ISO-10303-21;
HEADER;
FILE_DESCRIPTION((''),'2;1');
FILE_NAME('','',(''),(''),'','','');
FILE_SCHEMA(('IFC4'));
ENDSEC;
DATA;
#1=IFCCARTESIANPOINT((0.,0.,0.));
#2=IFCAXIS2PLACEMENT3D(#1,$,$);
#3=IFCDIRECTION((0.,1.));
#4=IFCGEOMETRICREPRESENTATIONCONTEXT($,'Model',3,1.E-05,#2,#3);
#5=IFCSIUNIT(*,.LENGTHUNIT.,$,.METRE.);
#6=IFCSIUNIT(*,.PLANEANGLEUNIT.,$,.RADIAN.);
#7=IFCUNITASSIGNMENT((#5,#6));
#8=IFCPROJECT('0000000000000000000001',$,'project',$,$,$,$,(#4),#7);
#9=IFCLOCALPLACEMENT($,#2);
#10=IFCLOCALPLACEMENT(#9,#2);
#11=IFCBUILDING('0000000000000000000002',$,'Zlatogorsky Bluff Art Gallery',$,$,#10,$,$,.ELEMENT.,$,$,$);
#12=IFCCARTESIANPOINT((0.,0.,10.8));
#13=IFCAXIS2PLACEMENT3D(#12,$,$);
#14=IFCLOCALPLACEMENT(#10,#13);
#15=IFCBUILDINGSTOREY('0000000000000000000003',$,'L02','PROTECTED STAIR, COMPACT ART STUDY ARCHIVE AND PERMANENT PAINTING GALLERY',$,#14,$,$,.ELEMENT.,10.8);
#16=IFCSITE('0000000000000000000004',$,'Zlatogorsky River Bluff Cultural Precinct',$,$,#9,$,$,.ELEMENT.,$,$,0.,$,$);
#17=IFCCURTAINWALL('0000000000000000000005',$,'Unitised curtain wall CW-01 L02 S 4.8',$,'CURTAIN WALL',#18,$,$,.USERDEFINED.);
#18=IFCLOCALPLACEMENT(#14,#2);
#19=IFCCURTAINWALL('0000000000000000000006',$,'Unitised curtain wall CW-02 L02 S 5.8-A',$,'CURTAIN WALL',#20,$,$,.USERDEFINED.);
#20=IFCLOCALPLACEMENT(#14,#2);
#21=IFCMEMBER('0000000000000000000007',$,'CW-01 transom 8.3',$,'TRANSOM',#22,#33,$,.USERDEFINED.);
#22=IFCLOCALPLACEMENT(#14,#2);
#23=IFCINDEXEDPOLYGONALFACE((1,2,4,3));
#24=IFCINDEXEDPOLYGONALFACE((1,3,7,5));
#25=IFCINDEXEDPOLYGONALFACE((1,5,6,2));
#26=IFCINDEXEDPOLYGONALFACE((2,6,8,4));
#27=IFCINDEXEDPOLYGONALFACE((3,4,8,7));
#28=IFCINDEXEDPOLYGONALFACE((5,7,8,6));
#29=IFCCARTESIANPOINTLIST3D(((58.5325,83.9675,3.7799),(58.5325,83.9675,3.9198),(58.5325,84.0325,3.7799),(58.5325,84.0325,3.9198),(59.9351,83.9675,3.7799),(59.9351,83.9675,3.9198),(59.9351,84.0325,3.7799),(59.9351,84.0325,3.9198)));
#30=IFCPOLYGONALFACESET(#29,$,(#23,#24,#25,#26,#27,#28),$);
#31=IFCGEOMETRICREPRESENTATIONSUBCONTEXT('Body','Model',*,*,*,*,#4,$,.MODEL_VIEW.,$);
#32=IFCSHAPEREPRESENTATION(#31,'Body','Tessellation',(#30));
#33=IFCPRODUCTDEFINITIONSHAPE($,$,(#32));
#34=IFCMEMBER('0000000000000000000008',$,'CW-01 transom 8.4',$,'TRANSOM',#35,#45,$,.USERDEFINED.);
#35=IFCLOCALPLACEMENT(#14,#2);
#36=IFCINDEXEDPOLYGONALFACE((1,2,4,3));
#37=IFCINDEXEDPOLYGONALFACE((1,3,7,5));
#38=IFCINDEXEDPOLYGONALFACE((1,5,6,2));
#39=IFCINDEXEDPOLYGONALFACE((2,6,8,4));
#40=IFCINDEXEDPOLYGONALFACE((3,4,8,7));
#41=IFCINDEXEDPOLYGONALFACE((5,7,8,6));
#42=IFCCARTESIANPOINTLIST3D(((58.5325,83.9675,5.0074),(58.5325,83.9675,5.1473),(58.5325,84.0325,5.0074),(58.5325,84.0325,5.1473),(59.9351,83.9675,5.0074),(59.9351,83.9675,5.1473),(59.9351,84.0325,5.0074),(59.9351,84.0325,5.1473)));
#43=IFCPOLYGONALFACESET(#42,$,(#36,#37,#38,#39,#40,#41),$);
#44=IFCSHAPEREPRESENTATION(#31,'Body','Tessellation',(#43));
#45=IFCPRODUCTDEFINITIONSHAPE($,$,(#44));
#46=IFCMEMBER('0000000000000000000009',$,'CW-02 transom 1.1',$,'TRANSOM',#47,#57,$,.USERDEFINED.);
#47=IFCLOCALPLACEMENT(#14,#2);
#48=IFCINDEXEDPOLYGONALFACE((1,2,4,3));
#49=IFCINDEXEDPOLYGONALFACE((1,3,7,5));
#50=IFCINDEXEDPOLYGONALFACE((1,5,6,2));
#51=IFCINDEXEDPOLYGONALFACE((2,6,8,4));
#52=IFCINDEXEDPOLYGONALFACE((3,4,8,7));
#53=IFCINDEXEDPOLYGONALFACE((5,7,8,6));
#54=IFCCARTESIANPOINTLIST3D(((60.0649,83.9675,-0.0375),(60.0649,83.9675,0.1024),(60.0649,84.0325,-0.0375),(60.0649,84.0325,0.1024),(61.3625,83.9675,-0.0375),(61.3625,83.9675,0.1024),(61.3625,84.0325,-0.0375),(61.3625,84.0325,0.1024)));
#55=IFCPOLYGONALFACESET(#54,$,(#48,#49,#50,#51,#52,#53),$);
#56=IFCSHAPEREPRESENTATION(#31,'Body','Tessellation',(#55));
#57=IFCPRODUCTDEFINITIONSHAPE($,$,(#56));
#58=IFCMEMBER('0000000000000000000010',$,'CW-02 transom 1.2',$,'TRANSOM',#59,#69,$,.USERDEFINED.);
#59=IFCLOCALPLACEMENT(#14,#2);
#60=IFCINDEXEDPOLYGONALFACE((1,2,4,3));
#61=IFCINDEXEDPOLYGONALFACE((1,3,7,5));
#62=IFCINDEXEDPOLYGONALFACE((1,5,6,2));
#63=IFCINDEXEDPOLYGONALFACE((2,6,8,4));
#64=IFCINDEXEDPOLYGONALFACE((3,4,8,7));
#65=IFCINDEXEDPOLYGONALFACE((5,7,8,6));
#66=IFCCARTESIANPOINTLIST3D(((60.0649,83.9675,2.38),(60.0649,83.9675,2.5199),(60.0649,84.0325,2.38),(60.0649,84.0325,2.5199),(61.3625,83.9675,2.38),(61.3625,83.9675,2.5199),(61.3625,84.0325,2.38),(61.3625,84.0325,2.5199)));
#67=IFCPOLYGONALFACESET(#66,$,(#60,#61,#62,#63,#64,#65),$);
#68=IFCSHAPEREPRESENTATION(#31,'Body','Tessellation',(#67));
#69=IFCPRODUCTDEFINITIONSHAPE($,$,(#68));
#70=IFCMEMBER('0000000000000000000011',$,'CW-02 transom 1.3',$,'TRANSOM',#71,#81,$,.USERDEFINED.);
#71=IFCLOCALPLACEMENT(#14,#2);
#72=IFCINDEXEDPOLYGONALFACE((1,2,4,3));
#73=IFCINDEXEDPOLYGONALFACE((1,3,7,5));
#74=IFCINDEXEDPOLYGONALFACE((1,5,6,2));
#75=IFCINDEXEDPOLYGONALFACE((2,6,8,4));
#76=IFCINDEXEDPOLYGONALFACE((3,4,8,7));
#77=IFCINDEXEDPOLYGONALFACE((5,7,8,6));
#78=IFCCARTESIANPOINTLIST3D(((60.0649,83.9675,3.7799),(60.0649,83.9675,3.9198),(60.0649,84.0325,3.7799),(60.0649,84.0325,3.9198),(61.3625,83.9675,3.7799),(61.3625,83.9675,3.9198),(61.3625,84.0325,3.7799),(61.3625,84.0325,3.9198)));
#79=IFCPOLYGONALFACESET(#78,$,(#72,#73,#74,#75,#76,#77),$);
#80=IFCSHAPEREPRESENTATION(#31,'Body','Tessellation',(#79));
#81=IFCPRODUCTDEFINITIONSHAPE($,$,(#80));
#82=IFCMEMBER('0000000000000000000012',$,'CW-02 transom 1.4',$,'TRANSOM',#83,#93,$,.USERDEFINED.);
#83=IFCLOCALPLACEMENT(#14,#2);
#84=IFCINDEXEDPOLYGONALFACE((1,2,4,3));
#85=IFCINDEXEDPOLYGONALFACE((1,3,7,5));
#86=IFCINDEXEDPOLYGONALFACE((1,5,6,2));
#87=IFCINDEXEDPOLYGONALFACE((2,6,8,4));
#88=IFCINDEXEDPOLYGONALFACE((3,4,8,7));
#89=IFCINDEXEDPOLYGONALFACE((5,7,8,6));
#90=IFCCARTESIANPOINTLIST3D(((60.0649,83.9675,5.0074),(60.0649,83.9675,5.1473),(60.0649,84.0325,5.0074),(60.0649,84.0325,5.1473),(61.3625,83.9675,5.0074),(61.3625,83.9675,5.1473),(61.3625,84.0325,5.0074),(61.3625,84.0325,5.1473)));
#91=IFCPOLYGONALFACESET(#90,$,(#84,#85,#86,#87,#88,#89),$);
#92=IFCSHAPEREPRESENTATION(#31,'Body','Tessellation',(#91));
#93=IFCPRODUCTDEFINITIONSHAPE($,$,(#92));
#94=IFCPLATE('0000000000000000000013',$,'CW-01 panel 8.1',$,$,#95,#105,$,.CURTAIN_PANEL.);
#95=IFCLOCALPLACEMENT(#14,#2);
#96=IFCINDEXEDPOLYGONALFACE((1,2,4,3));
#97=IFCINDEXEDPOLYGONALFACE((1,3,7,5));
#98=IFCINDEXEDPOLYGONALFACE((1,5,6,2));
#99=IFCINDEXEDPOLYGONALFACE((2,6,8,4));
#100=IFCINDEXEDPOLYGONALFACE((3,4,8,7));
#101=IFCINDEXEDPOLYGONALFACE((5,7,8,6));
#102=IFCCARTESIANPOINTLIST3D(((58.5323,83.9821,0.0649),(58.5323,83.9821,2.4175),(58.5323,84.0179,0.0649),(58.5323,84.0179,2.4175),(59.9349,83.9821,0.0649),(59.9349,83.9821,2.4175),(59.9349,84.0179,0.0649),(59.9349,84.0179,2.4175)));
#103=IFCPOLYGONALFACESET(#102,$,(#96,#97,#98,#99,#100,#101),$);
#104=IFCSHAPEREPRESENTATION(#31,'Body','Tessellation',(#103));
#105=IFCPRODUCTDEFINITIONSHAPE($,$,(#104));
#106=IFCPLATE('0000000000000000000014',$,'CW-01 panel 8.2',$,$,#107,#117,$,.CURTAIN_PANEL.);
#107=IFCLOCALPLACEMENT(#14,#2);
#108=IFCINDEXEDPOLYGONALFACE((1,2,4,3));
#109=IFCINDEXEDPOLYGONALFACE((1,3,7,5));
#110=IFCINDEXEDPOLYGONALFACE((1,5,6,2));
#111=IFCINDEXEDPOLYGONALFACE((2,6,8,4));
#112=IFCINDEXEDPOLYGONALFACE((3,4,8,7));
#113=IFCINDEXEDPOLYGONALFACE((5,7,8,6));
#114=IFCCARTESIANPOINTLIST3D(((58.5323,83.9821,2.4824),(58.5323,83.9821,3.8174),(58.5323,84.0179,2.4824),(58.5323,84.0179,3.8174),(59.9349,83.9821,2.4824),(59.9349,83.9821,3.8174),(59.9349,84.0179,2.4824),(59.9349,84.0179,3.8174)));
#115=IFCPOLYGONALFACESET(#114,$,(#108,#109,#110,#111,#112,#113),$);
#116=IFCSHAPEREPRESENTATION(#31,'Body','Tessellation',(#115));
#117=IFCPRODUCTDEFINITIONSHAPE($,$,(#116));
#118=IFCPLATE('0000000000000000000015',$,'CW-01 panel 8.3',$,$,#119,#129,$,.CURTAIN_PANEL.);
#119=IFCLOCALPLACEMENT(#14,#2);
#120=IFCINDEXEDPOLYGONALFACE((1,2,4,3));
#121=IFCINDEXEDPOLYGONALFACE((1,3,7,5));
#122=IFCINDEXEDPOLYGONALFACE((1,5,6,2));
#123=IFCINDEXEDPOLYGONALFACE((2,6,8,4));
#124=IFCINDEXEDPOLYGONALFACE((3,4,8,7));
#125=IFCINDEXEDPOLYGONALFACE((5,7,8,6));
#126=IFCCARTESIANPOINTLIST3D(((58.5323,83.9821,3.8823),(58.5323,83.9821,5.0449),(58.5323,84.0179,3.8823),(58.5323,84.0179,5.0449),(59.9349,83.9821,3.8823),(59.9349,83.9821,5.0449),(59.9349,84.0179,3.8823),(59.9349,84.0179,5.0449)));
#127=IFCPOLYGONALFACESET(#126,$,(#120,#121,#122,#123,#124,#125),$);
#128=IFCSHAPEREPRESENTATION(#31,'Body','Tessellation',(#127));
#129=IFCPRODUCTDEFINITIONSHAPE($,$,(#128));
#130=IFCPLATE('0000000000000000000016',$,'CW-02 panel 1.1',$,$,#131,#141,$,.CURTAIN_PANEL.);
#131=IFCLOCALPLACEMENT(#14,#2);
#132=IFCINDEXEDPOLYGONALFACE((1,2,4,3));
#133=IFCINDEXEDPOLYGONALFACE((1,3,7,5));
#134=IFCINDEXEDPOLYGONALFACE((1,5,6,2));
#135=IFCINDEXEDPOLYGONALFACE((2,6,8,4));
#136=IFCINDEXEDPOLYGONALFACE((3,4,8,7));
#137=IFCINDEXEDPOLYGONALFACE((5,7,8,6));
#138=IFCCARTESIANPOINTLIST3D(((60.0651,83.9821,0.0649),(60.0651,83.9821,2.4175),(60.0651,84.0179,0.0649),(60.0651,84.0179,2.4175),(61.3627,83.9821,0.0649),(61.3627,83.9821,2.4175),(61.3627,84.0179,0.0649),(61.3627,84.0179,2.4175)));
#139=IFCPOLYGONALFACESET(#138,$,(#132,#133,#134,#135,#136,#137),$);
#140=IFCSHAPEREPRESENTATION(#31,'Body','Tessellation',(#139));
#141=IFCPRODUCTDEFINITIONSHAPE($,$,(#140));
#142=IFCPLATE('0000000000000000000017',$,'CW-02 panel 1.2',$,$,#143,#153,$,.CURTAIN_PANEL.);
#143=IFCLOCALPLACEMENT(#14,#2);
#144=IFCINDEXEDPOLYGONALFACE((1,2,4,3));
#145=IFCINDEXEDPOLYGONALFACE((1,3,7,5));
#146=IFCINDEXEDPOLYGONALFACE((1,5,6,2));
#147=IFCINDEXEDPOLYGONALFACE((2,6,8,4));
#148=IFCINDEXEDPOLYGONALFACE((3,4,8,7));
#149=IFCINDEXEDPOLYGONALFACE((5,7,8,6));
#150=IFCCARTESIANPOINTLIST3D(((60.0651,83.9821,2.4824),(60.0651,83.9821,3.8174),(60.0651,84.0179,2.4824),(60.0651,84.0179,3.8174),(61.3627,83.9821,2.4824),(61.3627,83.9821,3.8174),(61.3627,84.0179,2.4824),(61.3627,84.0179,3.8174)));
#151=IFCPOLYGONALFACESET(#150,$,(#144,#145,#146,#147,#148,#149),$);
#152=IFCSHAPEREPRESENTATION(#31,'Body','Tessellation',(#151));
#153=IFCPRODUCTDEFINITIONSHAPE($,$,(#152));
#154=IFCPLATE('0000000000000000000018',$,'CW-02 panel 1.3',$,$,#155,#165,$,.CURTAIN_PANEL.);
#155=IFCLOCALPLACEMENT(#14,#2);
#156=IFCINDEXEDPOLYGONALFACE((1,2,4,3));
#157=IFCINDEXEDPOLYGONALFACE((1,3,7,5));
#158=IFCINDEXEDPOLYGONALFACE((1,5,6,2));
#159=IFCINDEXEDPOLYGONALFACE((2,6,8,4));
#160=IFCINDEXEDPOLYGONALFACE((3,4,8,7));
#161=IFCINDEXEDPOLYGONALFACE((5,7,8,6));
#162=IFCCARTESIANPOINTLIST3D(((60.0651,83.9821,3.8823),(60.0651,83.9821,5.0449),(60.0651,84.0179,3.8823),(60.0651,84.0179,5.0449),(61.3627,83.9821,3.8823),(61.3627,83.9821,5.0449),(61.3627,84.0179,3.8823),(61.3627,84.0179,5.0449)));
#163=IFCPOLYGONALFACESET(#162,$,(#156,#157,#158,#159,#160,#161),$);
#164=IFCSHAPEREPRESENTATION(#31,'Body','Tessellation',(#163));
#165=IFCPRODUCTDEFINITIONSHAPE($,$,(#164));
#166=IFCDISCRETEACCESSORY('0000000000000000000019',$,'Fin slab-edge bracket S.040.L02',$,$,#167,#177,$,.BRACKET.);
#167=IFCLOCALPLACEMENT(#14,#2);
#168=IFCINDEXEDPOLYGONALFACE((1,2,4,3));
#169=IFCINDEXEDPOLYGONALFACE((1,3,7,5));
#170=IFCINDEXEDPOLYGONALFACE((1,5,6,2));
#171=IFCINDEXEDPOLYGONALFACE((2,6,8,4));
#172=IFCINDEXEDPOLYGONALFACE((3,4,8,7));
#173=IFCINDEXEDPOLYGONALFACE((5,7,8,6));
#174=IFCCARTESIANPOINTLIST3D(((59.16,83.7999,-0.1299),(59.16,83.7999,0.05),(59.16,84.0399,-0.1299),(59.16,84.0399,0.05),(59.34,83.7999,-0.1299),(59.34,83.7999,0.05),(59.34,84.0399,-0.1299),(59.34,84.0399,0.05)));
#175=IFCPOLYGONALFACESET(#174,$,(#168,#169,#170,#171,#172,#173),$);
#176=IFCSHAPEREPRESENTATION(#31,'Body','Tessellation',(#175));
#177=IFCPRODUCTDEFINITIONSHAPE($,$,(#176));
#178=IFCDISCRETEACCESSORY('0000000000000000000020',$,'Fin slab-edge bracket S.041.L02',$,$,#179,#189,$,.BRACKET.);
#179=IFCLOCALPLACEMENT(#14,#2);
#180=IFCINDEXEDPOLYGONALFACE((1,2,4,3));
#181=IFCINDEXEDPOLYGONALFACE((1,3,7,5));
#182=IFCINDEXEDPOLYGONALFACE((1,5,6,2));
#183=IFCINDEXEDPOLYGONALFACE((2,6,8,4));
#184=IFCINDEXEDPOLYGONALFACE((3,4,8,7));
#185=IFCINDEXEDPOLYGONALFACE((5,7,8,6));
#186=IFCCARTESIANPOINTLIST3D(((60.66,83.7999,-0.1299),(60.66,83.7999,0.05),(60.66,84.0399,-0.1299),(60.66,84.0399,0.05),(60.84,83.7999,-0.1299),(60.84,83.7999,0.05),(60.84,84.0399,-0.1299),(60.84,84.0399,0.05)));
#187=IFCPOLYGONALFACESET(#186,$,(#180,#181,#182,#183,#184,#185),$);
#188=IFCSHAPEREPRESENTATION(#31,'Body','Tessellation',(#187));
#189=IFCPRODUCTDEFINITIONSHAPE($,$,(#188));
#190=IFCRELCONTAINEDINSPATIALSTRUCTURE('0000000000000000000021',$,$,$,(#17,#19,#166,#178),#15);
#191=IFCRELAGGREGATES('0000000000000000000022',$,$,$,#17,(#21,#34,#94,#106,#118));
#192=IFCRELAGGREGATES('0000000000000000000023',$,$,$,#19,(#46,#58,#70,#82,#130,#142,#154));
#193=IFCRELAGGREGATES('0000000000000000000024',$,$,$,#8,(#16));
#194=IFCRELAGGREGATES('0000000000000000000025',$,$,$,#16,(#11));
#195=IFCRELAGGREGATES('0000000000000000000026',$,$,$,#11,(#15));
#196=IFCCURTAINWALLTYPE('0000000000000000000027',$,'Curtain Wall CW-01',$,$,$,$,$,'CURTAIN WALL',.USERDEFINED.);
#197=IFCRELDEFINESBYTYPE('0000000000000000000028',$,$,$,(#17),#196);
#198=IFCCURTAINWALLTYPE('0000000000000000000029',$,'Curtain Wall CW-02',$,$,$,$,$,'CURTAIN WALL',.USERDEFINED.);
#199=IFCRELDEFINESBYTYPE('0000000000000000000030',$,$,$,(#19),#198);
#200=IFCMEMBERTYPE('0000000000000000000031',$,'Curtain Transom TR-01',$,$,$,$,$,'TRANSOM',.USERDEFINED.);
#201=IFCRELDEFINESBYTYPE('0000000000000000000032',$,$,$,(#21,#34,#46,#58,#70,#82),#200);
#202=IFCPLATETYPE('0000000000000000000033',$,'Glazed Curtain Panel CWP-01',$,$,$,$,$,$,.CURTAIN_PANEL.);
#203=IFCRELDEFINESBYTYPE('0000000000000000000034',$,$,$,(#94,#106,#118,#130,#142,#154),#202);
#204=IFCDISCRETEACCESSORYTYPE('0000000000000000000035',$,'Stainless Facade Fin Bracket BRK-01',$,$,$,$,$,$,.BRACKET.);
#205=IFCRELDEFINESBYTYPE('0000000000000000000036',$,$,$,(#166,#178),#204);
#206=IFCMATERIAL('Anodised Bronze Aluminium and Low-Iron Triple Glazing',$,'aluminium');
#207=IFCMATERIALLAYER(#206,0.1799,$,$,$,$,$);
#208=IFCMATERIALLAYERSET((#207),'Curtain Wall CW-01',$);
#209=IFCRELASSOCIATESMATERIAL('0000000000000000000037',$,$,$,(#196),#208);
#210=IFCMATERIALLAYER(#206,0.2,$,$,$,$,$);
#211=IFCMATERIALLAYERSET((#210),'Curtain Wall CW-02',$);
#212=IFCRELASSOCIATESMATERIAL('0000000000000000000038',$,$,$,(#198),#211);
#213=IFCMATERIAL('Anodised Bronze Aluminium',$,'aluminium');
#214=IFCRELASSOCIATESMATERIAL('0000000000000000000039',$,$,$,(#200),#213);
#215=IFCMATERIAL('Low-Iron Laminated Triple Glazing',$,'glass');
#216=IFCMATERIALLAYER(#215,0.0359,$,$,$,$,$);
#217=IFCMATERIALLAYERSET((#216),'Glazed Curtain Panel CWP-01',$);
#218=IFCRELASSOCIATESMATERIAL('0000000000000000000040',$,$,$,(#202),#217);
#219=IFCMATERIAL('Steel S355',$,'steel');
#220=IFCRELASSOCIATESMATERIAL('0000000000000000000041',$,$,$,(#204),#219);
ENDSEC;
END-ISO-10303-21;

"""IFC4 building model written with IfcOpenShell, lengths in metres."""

from ifc_helpers import new_model, si_unit, direction, frame, origin, origin_2d, place, context, subcontext, project, spatial, rectangle, extrude, material, layer, layer_set, material_profile, profile_set, type_object, element, aggregate, save


model = new_model("IFC4")

# Units and contexts
model_context = context("Model", 3, precision=1e-05, world=origin(), true_north=direction((0.0, 1.0)))
body_context = subcontext(model_context, "Body", "Model", "MODEL_VIEW")
ifc_project = project(units=[si_unit("LENGTHUNIT", "METRE"), si_unit("PLANEANGLEUNIT", "RADIAN")], contexts=[model_context])

# Site, building, storey
site_placement = place(None, origin())
site = spatial("IfcSite", under=ifc_project, at=site_placement, Name="Zlatogorsky River Bluff Cultural Precinct", CompositionType="ELEMENT", RefElevation=0.0)
building_placement = place(site_placement, origin())
building = spatial("IfcBuilding", under=site, at=building_placement, Name="Zlatogorsky Bluff Art Gallery", CompositionType="ELEMENT")
storey_placement = place(building_placement, frame((0.0, 0.0, 10.8)))
storey = spatial("IfcBuildingStorey", under=building, at=storey_placement, Name="L02", Description="PROTECTED STAIR, COMPACT ART STUDY ARCHIVE AND PERMANENT PAINTING GALLERY", CompositionType="ELEMENT", Elevation=10.8)

# Shared definitions
ifc_material_1 = material(Name="Steel S355", Category="steel")

# Curtain wall
ifc_material_2 = material(Name="Anodised Bronze Aluminium and Low-Iron Triple Glazing", Category="aluminium")
ifc_layer_1 = layer(ifc_material_2, 0.1799)
ifc_layer_set_1 = layer_set([ifc_layer_1], Name="Curtain Wall CW-01")
curtain_wall_type_1 = type_object("IfcCurtainWallType", Name="Curtain Wall CW-01", ElementType="CURTAIN WALL", PredefinedType="USERDEFINED", material=ifc_layer_set_1)
curtain_wall_1_placement = place(storey_placement, origin())
curtain_wall_1 = element("IfcCurtainWall", 1, at=curtain_wall_1_placement, inside=storey, type_object=curtain_wall_type_1, Name="Unitised curtain wall CW-01 L02 S 4.8", ObjectType="CURTAIN WALL", PredefinedType="USERDEFINED")
ifc_material_3 = material(Name="Anodised Bronze Aluminium", Category="aluminium")

# Curtain wall
ifc_layer_2 = layer(ifc_material_2, 0.2)
ifc_layer_set_2 = layer_set([ifc_layer_2], Name="Curtain Wall CW-02")
curtain_wall_type_2 = type_object("IfcCurtainWallType", Name="Curtain Wall CW-02", ElementType="CURTAIN WALL", PredefinedType="USERDEFINED", material=ifc_layer_set_2)
curtain_wall_2_placement = place(storey_placement, origin())
curtain_wall_2 = element("IfcCurtainWall", 2, at=curtain_wall_2_placement, inside=storey, type_object=curtain_wall_type_2, Name="Unitised curtain wall CW-02 L02 S 5.8-A", ObjectType="CURTAIN WALL", PredefinedType="USERDEFINED")

# Members
ifc_material_profile_1 = material_profile(ifc_material_3, rectangle(XDim=0.0649, YDim=0.1399, at=origin_2d()), Name="ALU TRANSOM 65x140")
ifc_profile_set_1 = profile_set([ifc_material_profile_1], Name="Anodised Bronze Aluminium")
member_type_1 = type_object("IfcMemberType", Name="Curtain Transom TR-01", ElementType="TRANSOM", PredefinedType="USERDEFINED", material=ifc_profile_set_1)
member_1_placement = place(storey_placement, frame((58.5325, 84.0, 3.8499), z_axis=(1.0, 0.0, 0.0), x_axis=(0.0, 1.0, 0.0)))
member_1 = element("IfcMember", 3, at=member_1_placement, type_object=member_type_1, Name="CW-01 transom 8.3", ObjectType="TRANSOM", PredefinedType="USERDEFINED", context=body_context, shape_type="SweptSolid", body=[
    extrude(rectangle(XDim=0.0649, YDim=0.1399, at=origin_2d()), origin(), (0.0, 0.0, 1.0), 1.4026),
])
member_2_placement = place(storey_placement, frame((58.5325, 84.0, 5.0774), z_axis=(1.0, 0.0, 0.0), x_axis=(0.0, 1.0, 0.0)))
member_2 = element("IfcMember", 4, at=member_2_placement, type_object=member_type_1, Name="CW-01 transom 8.4", ObjectType="TRANSOM", PredefinedType="USERDEFINED", context=body_context, shape_type="SweptSolid", body=[
    extrude(rectangle(XDim=0.0649, YDim=0.1399, at=origin_2d()), origin(), (0.0, 0.0, 1.0), 1.4026),
])
member_3_placement = place(storey_placement, frame((60.0649, 84.0, 0.0325), z_axis=(1.0, 0.0, 0.0), x_axis=(0.0, 1.0, 0.0)))
member_3 = element("IfcMember", 5, at=member_3_placement, type_object=member_type_1, Name="CW-02 transom 1.1", ObjectType="TRANSOM", PredefinedType="USERDEFINED", context=body_context, shape_type="SweptSolid", body=[
    extrude(rectangle(XDim=0.0649, YDim=0.1399, at=origin_2d()), origin(), (0.0, 0.0, 1.0), 1.2976),
])
member_4_placement = place(storey_placement, frame((60.0649, 84.0, 2.45), z_axis=(1.0, 0.0, 0.0), x_axis=(0.0, 1.0, 0.0)))
member_4 = element("IfcMember", 6, at=member_4_placement, type_object=member_type_1, Name="CW-02 transom 1.2", ObjectType="TRANSOM", PredefinedType="USERDEFINED", context=body_context, shape_type="SweptSolid", body=[
    extrude(rectangle(XDim=0.0649, YDim=0.1399, at=origin_2d()), origin(), (0.0, 0.0, 1.0), 1.2976),
])
member_5_placement = place(storey_placement, frame((60.0649, 84.0, 3.8499), z_axis=(1.0, 0.0, 0.0), x_axis=(0.0, 1.0, 0.0)))
member_5 = element("IfcMember", 7, at=member_5_placement, type_object=member_type_1, Name="CW-02 transom 1.3", ObjectType="TRANSOM", PredefinedType="USERDEFINED", context=body_context, shape_type="SweptSolid", body=[
    extrude(rectangle(XDim=0.0649, YDim=0.1399, at=origin_2d()), origin(), (0.0, 0.0, 1.0), 1.2976),
])
member_6_placement = place(storey_placement, frame((60.0649, 84.0, 5.0774), z_axis=(1.0, 0.0, 0.0), x_axis=(0.0, 1.0, 0.0)))
member_6 = element("IfcMember", 8, at=member_6_placement, type_object=member_type_1, Name="CW-02 transom 1.4", ObjectType="TRANSOM", PredefinedType="USERDEFINED", context=body_context, shape_type="SweptSolid", body=[
    extrude(rectangle(XDim=0.0649, YDim=0.1399, at=origin_2d()), origin(), (0.0, 0.0, 1.0), 1.2976),
])

# Plates
ifc_material_4 = material(Name="Low-Iron Laminated Triple Glazing", Category="glass")
ifc_layer_3 = layer(ifc_material_4, 0.0359)
ifc_layer_set_3 = layer_set([ifc_layer_3], Name="Glazed Curtain Panel CWP-01")
plate_type = type_object("IfcPlateType", Name="Glazed Curtain Panel CWP-01", PredefinedType="CURTAIN_PANEL", material=ifc_layer_set_3)
plate_1_placement = place(storey_placement, frame((59.2336, 84.0, 0.0649), z_axis=(0.0, 0.0, 1.0), x_axis=(1.0, 0.0, 0.0)))
plate_1 = element("IfcPlate", 9, at=plate_1_placement, type_object=plate_type, Name="CW-01 panel 8.1", PredefinedType="CURTAIN_PANEL", context=body_context, shape_type="SweptSolid", body=[
    extrude(rectangle(XDim=1.4026, YDim=0.0359, at=origin_2d()), origin(), (0.0, 0.0, 1.0), 2.3525),
])
plate_2_placement = place(storey_placement, frame((59.2336, 84.0, 2.4824), z_axis=(0.0, 0.0, 1.0), x_axis=(1.0, 0.0, 0.0)))
plate_2 = element("IfcPlate", 10, at=plate_2_placement, type_object=plate_type, Name="CW-01 panel 8.2", PredefinedType="CURTAIN_PANEL", context=body_context, shape_type="SweptSolid", body=[
    extrude(rectangle(XDim=1.4026, YDim=0.0359, at=origin_2d()), origin(), (0.0, 0.0, 1.0), 1.335),
])
plate_3_placement = place(storey_placement, frame((59.2336, 84.0, 3.8823), z_axis=(0.0, 0.0, 1.0), x_axis=(1.0, 0.0, 0.0)))
plate_3 = element("IfcPlate", 11, at=plate_3_placement, type_object=plate_type, Name="CW-01 panel 8.3", PredefinedType="CURTAIN_PANEL", context=body_context, shape_type="SweptSolid", body=[
    extrude(rectangle(XDim=1.4026, YDim=0.0359, at=origin_2d()), origin(), (0.0, 0.0, 1.0), 1.1626),
])
aggregate(curtain_wall_1, [member_1, member_2, plate_1, plate_2, plate_3])
plate_4_placement = place(storey_placement, frame((60.7139, 84.0, 0.0649), z_axis=(0.0, 0.0, 1.0), x_axis=(1.0, 0.0, 0.0)))
plate_4 = element("IfcPlate", 12, at=plate_4_placement, type_object=plate_type, Name="CW-02 panel 1.1", PredefinedType="CURTAIN_PANEL", context=body_context, shape_type="SweptSolid", body=[
    extrude(rectangle(XDim=1.2976, YDim=0.0359, at=origin_2d()), origin(), (0.0, 0.0, 1.0), 2.3525),
])
plate_5_placement = place(storey_placement, frame((60.7139, 84.0, 2.4824), z_axis=(0.0, 0.0, 1.0), x_axis=(1.0, 0.0, 0.0)))
plate_5 = element("IfcPlate", 13, at=plate_5_placement, type_object=plate_type, Name="CW-02 panel 1.2", PredefinedType="CURTAIN_PANEL", context=body_context, shape_type="SweptSolid", body=[
    extrude(rectangle(XDim=1.2976, YDim=0.0359, at=origin_2d()), origin(), (0.0, 0.0, 1.0), 1.335),
])
plate_6_placement = place(storey_placement, frame((60.7139, 84.0, 3.8823), z_axis=(0.0, 0.0, 1.0), x_axis=(1.0, 0.0, 0.0)))
plate_6 = element("IfcPlate", 14, at=plate_6_placement, type_object=plate_type, Name="CW-02 panel 1.3", PredefinedType="CURTAIN_PANEL", context=body_context, shape_type="SweptSolid", body=[
    extrude(rectangle(XDim=1.2976, YDim=0.0359, at=origin_2d()), origin(), (0.0, 0.0, 1.0), 1.1626),
])
aggregate(curtain_wall_2, [member_3, member_4, member_5, member_6, plate_4, plate_5, plate_6])

# Discrete accessories
discrete_accessory_type = type_object("IfcDiscreteAccessoryType", Name="Stainless Facade Fin Bracket BRK-01", PredefinedType="BRACKET", material=ifc_material_1)
for number, where, z_axis, x_axis, name in (
    (15, (59.25, 83.9199, -0.1299), (0.0, 0.0, 1.0), (1.0, 0.0, 0.0), "Fin slab-edge bracket S.040.L02"),
    (16, (60.75, 83.9199, -0.1299), (0.0, 0.0, 1.0), (1.0, 0.0, 0.0), "Fin slab-edge bracket S.041.L02"),
):
    element("IfcDiscreteAccessory", number, at=place(storey_placement, frame(where, z_axis=z_axis, x_axis=x_axis)), inside=storey, type_object=discrete_accessory_type, Name=name, PredefinedType="BRACKET", context=body_context, shape_type="SweptSolid", body=[
        extrude(rectangle(XDim=0.1799, YDim=0.24, at=origin_2d()), origin(), (0.0, 0.0, 1.0), 0.1799),
    ])

save(model, "model.ifc")
